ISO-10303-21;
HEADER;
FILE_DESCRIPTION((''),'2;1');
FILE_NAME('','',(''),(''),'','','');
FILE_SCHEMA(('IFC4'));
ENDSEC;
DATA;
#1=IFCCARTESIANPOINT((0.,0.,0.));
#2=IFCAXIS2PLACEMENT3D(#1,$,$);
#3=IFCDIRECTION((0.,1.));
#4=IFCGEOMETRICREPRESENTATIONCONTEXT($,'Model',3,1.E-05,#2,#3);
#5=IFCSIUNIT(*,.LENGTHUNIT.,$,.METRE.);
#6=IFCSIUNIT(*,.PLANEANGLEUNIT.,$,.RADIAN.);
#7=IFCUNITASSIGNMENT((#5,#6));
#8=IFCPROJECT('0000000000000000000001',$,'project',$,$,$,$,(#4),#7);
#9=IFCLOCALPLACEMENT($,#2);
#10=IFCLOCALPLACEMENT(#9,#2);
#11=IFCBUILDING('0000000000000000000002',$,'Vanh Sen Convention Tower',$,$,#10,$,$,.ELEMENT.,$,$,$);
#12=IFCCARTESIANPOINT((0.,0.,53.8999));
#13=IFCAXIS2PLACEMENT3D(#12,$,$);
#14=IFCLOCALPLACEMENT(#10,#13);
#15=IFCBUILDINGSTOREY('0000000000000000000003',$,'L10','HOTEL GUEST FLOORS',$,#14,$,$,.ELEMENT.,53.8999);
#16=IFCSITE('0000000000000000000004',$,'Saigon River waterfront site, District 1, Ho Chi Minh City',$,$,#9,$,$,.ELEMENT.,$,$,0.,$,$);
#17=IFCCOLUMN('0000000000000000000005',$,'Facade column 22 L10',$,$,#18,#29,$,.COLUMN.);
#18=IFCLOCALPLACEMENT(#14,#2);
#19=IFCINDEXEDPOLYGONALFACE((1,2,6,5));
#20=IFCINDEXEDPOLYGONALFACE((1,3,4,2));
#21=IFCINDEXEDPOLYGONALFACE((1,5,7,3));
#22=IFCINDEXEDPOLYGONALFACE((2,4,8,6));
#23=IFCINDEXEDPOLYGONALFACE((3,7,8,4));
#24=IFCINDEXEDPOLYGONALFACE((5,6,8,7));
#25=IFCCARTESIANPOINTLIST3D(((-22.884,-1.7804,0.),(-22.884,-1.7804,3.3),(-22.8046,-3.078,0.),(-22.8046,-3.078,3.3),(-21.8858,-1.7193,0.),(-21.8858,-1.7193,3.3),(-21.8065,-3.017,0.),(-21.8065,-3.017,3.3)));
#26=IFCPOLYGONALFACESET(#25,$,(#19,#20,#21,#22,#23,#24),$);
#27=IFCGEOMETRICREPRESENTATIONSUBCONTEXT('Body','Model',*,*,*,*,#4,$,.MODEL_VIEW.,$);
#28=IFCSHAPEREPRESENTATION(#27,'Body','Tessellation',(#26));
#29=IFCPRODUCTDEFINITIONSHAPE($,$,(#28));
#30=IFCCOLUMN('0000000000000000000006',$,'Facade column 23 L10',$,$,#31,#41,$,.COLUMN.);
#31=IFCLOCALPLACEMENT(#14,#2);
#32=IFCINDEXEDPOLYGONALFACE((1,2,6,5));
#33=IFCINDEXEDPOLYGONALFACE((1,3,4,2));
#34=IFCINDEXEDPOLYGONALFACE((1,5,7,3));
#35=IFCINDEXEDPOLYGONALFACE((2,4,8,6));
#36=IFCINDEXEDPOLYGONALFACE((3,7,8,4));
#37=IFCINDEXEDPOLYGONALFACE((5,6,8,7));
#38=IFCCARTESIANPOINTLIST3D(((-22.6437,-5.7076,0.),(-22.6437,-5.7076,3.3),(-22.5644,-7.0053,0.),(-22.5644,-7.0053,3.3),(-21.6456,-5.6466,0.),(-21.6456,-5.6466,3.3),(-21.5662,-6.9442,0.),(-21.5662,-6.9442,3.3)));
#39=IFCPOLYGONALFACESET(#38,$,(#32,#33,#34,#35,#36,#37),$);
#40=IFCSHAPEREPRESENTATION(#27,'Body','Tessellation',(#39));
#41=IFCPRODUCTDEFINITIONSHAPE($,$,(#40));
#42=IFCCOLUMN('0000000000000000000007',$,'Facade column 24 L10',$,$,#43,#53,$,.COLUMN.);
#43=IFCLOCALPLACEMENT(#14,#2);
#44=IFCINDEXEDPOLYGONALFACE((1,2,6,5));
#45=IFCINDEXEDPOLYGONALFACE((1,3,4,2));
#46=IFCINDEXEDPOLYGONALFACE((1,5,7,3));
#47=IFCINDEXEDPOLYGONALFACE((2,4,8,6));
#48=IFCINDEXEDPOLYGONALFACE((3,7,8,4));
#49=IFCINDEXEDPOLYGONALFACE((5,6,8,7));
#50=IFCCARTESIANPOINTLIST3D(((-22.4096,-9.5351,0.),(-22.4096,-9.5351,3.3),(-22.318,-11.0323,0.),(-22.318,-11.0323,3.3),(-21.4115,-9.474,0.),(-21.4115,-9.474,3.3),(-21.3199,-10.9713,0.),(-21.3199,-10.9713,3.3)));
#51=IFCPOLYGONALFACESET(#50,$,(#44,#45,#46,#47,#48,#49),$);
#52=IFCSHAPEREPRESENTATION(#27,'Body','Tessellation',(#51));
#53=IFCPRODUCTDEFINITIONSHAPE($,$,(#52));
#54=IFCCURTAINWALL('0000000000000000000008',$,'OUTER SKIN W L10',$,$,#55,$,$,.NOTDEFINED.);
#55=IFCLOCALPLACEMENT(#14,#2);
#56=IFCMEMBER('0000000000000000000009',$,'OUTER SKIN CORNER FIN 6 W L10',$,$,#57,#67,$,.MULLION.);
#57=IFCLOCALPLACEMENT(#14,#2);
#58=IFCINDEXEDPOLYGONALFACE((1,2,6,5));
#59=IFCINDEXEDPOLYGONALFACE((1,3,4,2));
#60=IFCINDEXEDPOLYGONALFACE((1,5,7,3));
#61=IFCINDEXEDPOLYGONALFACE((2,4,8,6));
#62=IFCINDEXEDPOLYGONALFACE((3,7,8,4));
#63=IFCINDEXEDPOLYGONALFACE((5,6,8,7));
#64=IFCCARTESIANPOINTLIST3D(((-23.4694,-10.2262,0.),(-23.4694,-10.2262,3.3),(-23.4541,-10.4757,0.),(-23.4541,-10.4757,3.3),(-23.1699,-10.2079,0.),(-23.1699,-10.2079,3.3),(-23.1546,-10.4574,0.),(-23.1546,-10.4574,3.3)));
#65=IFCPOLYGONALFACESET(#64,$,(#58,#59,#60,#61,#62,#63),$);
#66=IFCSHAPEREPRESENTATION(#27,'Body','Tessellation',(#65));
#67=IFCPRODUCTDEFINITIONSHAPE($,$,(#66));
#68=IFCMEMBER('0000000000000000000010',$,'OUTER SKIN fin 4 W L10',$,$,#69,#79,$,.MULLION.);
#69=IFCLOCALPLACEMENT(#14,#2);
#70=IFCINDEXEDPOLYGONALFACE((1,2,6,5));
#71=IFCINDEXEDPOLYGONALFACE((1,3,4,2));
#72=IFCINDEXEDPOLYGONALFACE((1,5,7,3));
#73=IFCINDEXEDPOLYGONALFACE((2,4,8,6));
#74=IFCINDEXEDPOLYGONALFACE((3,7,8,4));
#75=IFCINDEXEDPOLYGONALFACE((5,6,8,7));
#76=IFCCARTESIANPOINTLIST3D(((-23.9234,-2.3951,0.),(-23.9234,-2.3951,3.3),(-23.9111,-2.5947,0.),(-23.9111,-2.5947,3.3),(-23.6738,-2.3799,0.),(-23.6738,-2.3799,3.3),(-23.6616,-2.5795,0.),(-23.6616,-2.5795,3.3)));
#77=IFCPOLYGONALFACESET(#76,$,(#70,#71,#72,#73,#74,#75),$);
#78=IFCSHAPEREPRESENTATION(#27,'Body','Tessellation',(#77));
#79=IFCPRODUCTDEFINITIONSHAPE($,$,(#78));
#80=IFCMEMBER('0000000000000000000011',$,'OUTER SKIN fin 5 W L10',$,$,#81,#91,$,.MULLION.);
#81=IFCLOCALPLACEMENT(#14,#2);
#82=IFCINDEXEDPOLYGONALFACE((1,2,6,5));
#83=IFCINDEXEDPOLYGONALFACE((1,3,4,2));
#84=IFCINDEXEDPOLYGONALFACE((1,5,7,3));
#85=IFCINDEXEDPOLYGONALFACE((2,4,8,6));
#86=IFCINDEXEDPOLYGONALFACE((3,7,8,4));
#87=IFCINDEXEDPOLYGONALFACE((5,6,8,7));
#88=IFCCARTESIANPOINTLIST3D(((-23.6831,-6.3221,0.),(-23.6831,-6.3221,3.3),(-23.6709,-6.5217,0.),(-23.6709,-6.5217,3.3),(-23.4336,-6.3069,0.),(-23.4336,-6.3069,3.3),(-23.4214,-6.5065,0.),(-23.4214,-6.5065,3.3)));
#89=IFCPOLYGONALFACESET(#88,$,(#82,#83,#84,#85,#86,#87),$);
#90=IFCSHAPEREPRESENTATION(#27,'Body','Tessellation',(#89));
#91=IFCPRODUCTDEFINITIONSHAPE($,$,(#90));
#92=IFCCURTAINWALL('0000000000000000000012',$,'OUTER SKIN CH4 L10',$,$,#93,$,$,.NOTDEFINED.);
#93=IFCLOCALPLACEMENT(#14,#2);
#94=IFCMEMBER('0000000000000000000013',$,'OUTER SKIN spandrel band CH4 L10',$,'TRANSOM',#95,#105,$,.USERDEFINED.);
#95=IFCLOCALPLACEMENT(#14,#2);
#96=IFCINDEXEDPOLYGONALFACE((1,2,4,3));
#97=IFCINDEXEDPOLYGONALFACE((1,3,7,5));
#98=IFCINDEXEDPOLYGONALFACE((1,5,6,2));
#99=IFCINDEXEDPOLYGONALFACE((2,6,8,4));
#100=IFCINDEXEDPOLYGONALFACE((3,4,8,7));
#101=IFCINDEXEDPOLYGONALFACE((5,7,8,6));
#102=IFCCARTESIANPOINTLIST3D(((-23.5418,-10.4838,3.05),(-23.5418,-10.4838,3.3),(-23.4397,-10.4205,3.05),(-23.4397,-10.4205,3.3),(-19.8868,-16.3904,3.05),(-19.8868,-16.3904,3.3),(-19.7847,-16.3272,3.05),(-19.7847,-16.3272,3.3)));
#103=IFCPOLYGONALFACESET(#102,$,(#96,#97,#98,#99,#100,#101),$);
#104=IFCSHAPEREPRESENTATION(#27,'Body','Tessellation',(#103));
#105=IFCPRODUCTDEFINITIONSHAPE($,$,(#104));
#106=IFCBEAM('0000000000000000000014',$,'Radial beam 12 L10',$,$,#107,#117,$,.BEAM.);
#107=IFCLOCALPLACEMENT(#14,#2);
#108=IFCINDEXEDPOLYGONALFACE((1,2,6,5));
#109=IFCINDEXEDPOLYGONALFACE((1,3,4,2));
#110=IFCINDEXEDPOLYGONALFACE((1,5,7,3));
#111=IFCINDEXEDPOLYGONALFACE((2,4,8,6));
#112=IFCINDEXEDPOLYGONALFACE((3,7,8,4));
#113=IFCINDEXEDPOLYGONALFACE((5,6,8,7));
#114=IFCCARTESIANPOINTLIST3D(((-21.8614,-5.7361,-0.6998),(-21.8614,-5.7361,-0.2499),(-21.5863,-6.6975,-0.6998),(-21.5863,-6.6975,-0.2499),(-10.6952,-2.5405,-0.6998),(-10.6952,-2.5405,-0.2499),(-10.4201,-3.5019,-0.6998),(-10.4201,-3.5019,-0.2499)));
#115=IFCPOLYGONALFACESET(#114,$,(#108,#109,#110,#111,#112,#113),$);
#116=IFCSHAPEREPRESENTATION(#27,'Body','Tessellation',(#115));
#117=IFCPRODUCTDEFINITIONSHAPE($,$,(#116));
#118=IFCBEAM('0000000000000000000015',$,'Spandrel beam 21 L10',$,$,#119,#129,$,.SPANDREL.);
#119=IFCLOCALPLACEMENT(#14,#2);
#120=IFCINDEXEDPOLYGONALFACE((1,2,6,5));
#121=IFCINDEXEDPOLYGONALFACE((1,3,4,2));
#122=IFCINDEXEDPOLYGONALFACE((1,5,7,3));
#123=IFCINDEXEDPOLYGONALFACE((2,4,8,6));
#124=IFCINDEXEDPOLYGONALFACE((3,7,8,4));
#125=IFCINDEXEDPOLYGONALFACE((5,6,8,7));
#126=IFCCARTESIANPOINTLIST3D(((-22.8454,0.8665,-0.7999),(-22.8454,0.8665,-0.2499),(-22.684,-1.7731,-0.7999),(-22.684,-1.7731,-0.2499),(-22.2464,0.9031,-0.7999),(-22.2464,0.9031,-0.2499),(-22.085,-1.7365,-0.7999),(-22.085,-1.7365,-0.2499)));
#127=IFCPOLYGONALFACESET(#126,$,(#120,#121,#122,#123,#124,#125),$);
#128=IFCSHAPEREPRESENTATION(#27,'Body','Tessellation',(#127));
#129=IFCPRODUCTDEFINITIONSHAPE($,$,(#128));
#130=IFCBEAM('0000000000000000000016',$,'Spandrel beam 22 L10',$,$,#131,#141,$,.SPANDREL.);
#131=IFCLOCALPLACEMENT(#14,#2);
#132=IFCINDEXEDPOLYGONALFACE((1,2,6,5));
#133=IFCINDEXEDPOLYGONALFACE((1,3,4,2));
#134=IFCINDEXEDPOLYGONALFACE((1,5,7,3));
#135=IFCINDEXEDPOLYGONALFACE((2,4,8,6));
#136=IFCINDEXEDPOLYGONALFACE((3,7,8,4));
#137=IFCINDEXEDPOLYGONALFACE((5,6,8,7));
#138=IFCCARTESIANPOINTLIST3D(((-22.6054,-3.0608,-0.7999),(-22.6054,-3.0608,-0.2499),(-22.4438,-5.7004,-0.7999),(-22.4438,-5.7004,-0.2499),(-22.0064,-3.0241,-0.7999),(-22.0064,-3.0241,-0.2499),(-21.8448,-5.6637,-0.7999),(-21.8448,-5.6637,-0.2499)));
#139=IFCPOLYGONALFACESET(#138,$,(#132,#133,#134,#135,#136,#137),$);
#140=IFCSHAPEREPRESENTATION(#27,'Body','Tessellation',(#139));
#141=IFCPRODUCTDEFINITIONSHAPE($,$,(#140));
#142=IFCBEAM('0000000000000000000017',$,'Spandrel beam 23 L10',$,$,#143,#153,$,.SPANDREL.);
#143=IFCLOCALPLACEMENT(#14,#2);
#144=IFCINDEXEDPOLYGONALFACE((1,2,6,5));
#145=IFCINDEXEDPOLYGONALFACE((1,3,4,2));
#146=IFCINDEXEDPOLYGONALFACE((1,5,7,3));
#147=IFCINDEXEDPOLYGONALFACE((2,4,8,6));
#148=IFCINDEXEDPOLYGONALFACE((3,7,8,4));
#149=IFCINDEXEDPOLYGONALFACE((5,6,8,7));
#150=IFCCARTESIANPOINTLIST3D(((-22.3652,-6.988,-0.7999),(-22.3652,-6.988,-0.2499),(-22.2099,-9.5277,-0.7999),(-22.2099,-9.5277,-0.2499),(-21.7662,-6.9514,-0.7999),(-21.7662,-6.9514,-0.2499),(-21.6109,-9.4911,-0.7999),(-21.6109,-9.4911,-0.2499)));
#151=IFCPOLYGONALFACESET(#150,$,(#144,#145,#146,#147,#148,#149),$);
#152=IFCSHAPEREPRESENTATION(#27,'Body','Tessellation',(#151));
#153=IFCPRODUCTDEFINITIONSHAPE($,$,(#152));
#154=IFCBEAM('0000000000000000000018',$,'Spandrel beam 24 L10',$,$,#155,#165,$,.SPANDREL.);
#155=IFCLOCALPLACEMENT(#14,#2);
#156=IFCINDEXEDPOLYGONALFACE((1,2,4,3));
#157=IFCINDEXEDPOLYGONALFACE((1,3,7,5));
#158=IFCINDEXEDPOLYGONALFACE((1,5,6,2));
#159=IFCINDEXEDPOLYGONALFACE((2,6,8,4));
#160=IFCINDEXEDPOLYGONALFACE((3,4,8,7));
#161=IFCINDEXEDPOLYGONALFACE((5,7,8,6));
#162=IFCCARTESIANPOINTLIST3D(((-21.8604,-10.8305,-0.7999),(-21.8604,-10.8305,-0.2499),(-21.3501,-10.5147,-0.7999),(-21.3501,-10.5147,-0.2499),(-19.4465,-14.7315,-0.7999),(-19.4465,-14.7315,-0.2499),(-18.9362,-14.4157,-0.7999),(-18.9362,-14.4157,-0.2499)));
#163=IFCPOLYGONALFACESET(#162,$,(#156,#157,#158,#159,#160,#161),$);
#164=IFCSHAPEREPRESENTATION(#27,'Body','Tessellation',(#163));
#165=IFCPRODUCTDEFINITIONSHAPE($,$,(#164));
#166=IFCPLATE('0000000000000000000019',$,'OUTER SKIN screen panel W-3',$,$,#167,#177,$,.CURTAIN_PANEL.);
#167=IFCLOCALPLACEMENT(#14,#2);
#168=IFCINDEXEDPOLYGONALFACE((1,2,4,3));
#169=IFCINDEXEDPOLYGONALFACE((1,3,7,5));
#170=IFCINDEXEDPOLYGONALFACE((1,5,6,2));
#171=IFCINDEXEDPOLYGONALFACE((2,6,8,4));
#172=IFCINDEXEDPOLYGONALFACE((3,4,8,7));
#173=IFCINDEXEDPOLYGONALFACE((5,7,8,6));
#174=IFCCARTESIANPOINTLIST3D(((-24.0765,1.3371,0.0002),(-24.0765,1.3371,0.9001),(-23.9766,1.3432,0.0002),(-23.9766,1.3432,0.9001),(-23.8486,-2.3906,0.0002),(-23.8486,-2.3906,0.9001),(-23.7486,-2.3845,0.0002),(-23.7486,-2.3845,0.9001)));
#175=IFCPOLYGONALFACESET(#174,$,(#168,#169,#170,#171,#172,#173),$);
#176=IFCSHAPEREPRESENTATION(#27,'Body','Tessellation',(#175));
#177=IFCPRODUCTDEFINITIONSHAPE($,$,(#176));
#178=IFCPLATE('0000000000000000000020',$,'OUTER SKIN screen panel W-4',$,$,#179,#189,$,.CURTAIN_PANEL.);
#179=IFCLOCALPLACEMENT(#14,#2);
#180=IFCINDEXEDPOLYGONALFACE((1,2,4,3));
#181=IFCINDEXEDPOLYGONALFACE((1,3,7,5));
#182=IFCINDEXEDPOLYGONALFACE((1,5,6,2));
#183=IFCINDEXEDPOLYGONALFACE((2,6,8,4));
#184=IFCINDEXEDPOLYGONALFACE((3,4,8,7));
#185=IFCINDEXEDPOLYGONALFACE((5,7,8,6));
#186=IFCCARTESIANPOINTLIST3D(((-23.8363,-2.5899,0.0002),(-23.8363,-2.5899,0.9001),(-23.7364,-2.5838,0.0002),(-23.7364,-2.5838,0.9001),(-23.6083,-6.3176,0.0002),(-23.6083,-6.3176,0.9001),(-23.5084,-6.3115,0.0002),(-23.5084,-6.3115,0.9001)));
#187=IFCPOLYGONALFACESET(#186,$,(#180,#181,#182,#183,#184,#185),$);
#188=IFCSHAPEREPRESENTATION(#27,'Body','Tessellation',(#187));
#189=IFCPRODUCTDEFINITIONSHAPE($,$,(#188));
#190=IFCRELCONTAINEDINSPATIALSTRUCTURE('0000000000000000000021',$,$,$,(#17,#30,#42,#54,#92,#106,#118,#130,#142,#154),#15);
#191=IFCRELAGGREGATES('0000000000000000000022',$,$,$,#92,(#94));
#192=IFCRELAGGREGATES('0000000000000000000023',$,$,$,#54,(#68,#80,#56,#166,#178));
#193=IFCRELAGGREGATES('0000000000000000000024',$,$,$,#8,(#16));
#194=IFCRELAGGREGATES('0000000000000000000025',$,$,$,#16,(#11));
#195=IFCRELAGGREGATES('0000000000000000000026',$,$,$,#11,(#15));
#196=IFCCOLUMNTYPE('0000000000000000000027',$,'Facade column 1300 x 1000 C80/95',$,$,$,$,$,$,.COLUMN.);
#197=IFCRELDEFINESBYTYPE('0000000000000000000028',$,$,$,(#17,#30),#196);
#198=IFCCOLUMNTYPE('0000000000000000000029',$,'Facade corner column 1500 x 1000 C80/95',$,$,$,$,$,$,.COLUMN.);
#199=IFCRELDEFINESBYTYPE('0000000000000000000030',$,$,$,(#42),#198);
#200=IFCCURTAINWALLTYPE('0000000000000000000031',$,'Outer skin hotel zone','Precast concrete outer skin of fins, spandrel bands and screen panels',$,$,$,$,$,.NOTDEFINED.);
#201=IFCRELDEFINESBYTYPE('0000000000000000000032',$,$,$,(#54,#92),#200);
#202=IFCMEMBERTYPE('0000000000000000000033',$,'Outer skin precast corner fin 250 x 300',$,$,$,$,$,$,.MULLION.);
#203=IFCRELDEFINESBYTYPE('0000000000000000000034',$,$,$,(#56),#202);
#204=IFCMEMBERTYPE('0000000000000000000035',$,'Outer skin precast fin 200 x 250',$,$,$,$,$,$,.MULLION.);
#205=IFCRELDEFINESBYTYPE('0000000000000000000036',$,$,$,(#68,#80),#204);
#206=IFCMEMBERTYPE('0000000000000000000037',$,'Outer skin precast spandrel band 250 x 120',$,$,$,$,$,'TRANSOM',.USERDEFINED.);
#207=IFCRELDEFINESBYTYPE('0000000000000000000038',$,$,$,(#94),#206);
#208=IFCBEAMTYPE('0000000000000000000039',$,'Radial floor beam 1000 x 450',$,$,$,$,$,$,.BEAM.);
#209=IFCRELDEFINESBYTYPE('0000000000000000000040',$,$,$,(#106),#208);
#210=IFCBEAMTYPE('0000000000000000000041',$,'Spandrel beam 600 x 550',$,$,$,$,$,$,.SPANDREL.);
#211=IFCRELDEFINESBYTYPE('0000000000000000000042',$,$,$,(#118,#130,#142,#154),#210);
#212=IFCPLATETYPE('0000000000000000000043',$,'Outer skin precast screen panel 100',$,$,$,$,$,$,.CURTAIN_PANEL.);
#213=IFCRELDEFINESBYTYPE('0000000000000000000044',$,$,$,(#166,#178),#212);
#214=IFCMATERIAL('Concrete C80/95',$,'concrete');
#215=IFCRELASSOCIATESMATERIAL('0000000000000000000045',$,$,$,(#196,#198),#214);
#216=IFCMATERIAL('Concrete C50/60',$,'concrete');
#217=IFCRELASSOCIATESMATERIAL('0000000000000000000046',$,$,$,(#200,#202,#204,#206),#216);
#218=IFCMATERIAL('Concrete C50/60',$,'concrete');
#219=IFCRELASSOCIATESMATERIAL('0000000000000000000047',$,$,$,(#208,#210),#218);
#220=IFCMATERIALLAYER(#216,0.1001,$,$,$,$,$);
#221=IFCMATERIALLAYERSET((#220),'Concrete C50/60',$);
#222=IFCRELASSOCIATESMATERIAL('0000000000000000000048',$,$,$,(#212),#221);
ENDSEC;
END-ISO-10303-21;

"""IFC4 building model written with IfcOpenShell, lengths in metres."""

from ifc_helpers import new_model, si_unit, direction, frame, origin, origin_2d, place, context, subcontext, project, spatial, rectangle, extrude, material, layer, layer_set, material_profile, profile_set, type_object, element, aggregate, save


model = new_model("IFC4")

# Units and contexts
model_context = context("Model", 3, precision=1e-05, world=origin(), true_north=direction((0.0, 1.0)))
body_context = subcontext(model_context, "Body", "Model", "MODEL_VIEW")
ifc_project = project(units=[si_unit("LENGTHUNIT", "METRE"), si_unit("PLANEANGLEUNIT", "RADIAN")], contexts=[model_context])

# Site, building, storey
site_placement = place(None, origin())
site = spatial("IfcSite", under=ifc_project, at=site_placement, Name="Saigon River waterfront site, District 1, Ho Chi Minh City", CompositionType="ELEMENT", RefElevation=0.0)
building_placement = place(site_placement, origin())
building = spatial("IfcBuilding", under=site, at=building_placement, Name="Vanh Sen Convention Tower", CompositionType="ELEMENT")
storey_placement = place(building_placement, frame((0.0, 0.0, 53.8999)))
storey = spatial("IfcBuildingStorey", under=building, at=storey_placement, Name="L10", Description="HOTEL GUEST FLOORS", CompositionType="ELEMENT", Elevation=53.8999)

# Columns
ifc_material_1 = material(Name="Concrete C80/95", Category="concrete")
ifc_material_profile_1 = material_profile(ifc_material_1, rectangle(XDim=1.3, YDim=1.0, at=origin_2d()), Name="RC 1300X1000")
ifc_profile_set_1 = profile_set([ifc_material_profile_1], Name="Concrete C80/95")
column_type_1 = type_object("IfcColumnType", Name="Facade column 1300 x 1000 C80/95", PredefinedType="COLUMN", material=ifc_profile_set_1)
for number, where, z_axis, x_axis, name in (
    (1, (-22.3452, -2.3987, 0.0), (0.0, 0.0, 1.0), (0.061049, -0.998135, 0.0), "Facade column 22 L10"),
    (2, (-22.105, -6.3259, 0.0), (0.0, 0.0, 1.0), (0.061049, -0.998135, 0.0), "Facade column 23 L10"),
):
    element("IfcColumn", number, at=place(storey_placement, frame(where, z_axis=z_axis, x_axis=x_axis)), inside=storey, type_object=column_type_1, Name=name, PredefinedType="COLUMN", context=body_context, shape_type="SweptSolid", body=[
        extrude(rectangle(XDim=1.3, YDim=1.0, at=origin_2d()), origin(), (0.0, 0.0, 1.0), 3.3),
    ])
ifc_material_profile_2 = material_profile(ifc_material_1, rectangle(XDim=1.5, YDim=1.0, at=origin_2d()), Name="RC 1500X1000")
ifc_profile_set_2 = profile_set([ifc_material_profile_2], Name="Concrete C80/95")
column_type_2 = type_object("IfcColumnType", Name="Facade corner column 1500 x 1000 C80/95", PredefinedType="COLUMN", material=ifc_profile_set_2)
column_placement = place(storey_placement, frame((-21.8647, -10.2532, 0.0), z_axis=(0.0, 0.0, 1.0), x_axis=(0.061049, -0.998135, 0.0)))
element("IfcColumn", 3, at=column_placement, inside=storey, type_object=column_type_2, Name="Facade column 24 L10", PredefinedType="COLUMN", context=body_context, shape_type="SweptSolid", body=[
    extrude(rectangle(XDim=1.5, YDim=1.0, at=origin_2d()), origin(), (0.0, 0.0, 1.0), 3.3),
])

# Curtain wall, members
ifc_material_2 = material(Name="Concrete C50/60", Category="concrete")
curtain_wall_type = type_object("IfcCurtainWallType", Name="Outer skin hotel zone", Description="Precast concrete outer skin of fins, spandrel bands and screen panels", PredefinedType="NOTDEFINED", material=ifc_material_2)
curtain_wall_1_placement = place(storey_placement, origin())
curtain_wall_1 = element("IfcCurtainWall", 4, at=curtain_wall_1_placement, inside=storey, type_object=curtain_wall_type, Name="OUTER SKIN W L10", PredefinedType="NOTDEFINED")
ifc_material_profile_3 = material_profile(ifc_material_2, rectangle(XDim=0.25, YDim=0.3, at=origin_2d()), Name="Outer skin precast corner fin 250 x 300")
ifc_profile_set_3 = profile_set([ifc_material_profile_3], Name="Concrete C50/60")
member_type_1 = type_object("IfcMemberType", Name="Outer skin precast corner fin 250 x 300", PredefinedType="MULLION", material=ifc_profile_set_3)
member_1_placement = place(storey_placement, frame((-23.312, -10.3418, 0.0), z_axis=(0.0, 0.0, 1.0), x_axis=(0.061049, -0.998135, 0.0)))
member_1 = element("IfcMember", 5, at=member_1_placement, type_object=member_type_1, Name="OUTER SKIN CORNER FIN 6 W L10", PredefinedType="MULLION", context=body_context, shape_type="SweptSolid", body=[
    extrude(rectangle(XDim=0.25, YDim=0.3, at=origin_2d()), origin(), (0.0, 0.0, 1.0), 3.3),
])
ifc_material_profile_4 = material_profile(ifc_material_2, rectangle(XDim=0.2, YDim=0.25, at=origin_2d()), Name="Outer skin precast fin 200 x 250")
ifc_profile_set_4 = profile_set([ifc_material_profile_4], Name="Concrete C50/60")
member_type_2 = type_object("IfcMemberType", Name="Outer skin precast fin 200 x 250", PredefinedType="MULLION", material=ifc_profile_set_4)
member_2_placement = place(storey_placement, frame((-23.7925, -2.4873, 0.0), z_axis=(0.0, 0.0, 1.0), x_axis=(0.061049, -0.998135, 0.0)))
member_2 = element("IfcMember", 6, at=member_2_placement, type_object=member_type_2, Name="OUTER SKIN fin 4 W L10", PredefinedType="MULLION", context=body_context, shape_type="SweptSolid", body=[
    extrude(rectangle(XDim=0.2, YDim=0.25, at=origin_2d()), origin(), (0.0, 0.0, 1.0), 3.3),
])
member_3_placement = place(storey_placement, frame((-23.5522, -6.4143, 0.0), z_axis=(0.0, 0.0, 1.0), x_axis=(0.061049, -0.998135, 0.0)))
member_3 = element("IfcMember", 7, at=member_3_placement, type_object=member_type_2, Name="OUTER SKIN fin 5 W L10", PredefinedType="MULLION", context=body_context, shape_type="SweptSolid", body=[
    extrude(rectangle(XDim=0.2, YDim=0.25, at=origin_2d()), origin(), (0.0, 0.0, 1.0), 3.3),
])

# Curtain wall, member
curtain_wall_2_placement = place(storey_placement, origin())
curtain_wall_2 = element("IfcCurtainWall", 8, at=curtain_wall_2_placement, inside=storey, type_object=curtain_wall_type, Name="OUTER SKIN CH4 L10", PredefinedType="NOTDEFINED")
ifc_material_profile_5 = material_profile(ifc_material_2, rectangle(XDim=0.1201, YDim=0.25, at=origin_2d()), Name="Outer skin precast spandrel band 250 x 120")
ifc_profile_set_5 = profile_set([ifc_material_profile_5], Name="Concrete C50/60")
member_type_3 = type_object("IfcMemberType", Name="Outer skin precast spandrel band 250 x 120", ElementType="TRANSOM", PredefinedType="USERDEFINED", material=ifc_profile_set_5)
member_4_placement = place(storey_placement, frame((-23.4907, -10.4521, 3.175), z_axis=(0.526196, -0.850363, 0.0), x_axis=(0.850363, 0.526196, 0.0)))
member_4 = element("IfcMember", 9, at=member_4_placement, type_object=member_type_3, Name="OUTER SKIN spandrel band CH4 L10", ObjectType="TRANSOM", PredefinedType="USERDEFINED", context=body_context, shape_type="SweptSolid", body=[
    extrude(rectangle(XDim=0.1201, YDim=0.25, at=origin_2d()), origin(), (0.0, 0.0, 1.0), 6.946),
])
aggregate(curtain_wall_2, [member_4])

# Beams
ifc_material_3 = material(Name="Concrete C50/60", Category="concrete")
ifc_material_profile_6 = material_profile(ifc_material_3, rectangle(XDim=1.0, YDim=0.45, at=origin_2d()), Name="RC 1000X450")
ifc_profile_set_6 = profile_set([ifc_material_profile_6], Name="Concrete C50/60")
beam_type_1 = type_object("IfcBeamType", Name="Radial floor beam 1000 x 450", PredefinedType="BEAM", material=ifc_profile_set_6)
beam_1_placement = place(storey_placement, frame((-21.7239, -6.2168, -0.4749), z_axis=(0.961406, 0.275135, 0.0), x_axis=(-0.275135, 0.961406, 0.0)))
element("IfcBeam", 10, at=beam_1_placement, inside=storey, type_object=beam_type_1, Name="Radial beam 12 L10", PredefinedType="BEAM", context=body_context, shape_type="SweptSolid", body=[
    extrude(rectangle(XDim=1.0, YDim=0.45, at=origin_2d()), origin(), (0.0, 0.0, 1.0), 11.6145),
])
ifc_material_profile_7 = material_profile(ifc_material_3, rectangle(XDim=0.6001, YDim=0.55, at=origin_2d()), Name="RC 600X550")
ifc_profile_set_7 = profile_set([ifc_material_profile_7], Name="Concrete C50/60")
beam_type_2 = type_object("IfcBeamType", Name="Spandrel beam 600 x 550", PredefinedType="SPANDREL", material=ifc_profile_set_7)
for number, where, z_axis, x_axis, name in (
    (11, (-22.5459, 0.8848, -0.5249), (0.061022, -0.998136, 0.0), (0.998136, 0.061022, 0.0), "Spandrel beam 21 L10"),
    (12, (-22.3059, -3.0425, -0.5249), (0.061114, -0.998131, 0.0), (0.998131, 0.061114, 0.0), "Spandrel beam 22 L10"),
):
    element("IfcBeam", number, at=place(storey_placement, frame(where, z_axis=z_axis, x_axis=x_axis)), inside=storey, type_object=beam_type_2, Name=name, PredefinedType="SPANDREL", context=body_context, shape_type="SweptSolid", body=[
        extrude(rectangle(XDim=0.6001, YDim=0.55, at=origin_2d()), origin(), (0.0, 0.0, 1.0), 2.6445),
    ])
beam_2_placement = place(storey_placement, frame((-22.0657, -6.9697, -0.5249), z_axis=(0.061022, -0.998136, 0.0), x_axis=(0.998136, 0.061022, 0.0)))
element("IfcBeam", 13, at=beam_2_placement, inside=storey, type_object=beam_type_2, Name="Spandrel beam 23 L10", PredefinedType="SPANDREL", context=body_context, shape_type="SweptSolid", body=[
    extrude(rectangle(XDim=0.6001, YDim=0.55, at=origin_2d()), origin(), (0.0, 0.0, 1.0), 2.5444),
])
beam_3_placement = place(storey_placement, frame((-21.6052, -10.6726, -0.5249), z_axis=(0.526195, -0.850364, 0.0), x_axis=(0.850364, 0.526195, 0.0)))
element("IfcBeam", 14, at=beam_3_placement, inside=storey, type_object=beam_type_2, Name="Spandrel beam 24 L10", PredefinedType="SPANDREL", context=body_context, shape_type="SweptSolid", body=[
    extrude(rectangle(XDim=0.6001, YDim=0.55, at=origin_2d()), origin(), (0.0, 0.0, 1.0), 4.5874),
])

# Plates
ifc_layer_1 = layer(ifc_material_2, 0.1001)
ifc_layer_set_1 = layer_set([ifc_layer_1], Name="Concrete C50/60")
plate_type = type_object("IfcPlateType", Name="Outer skin precast screen panel 100", PredefinedType="CURTAIN_PANEL", material=ifc_layer_set_1)
plate_1_placement = place(storey_placement, frame((-23.9126, -0.5237, 0.0002), z_axis=(0.0, 0.0, 1.0), x_axis=(0.061047, -0.998135, 0.0)))
plate_1 = element("IfcPlate", 15, at=plate_1_placement, type_object=plate_type, Name="OUTER SKIN screen panel W-3", PredefinedType="CURTAIN_PANEL", context=body_context, shape_type="SweptSolid", body=[
    extrude(rectangle(XDim=3.7346, YDim=0.1001, at=origin_2d()), origin(), (0.0, 0.0, 1.0), 0.8999),
])
plate_2_placement = place(storey_placement, frame((-23.6724, -4.4507, 0.0002), z_axis=(0.0, 0.0, 1.0), x_axis=(0.061049, -0.998135, 0.0)))
plate_2 = element("IfcPlate", 16, at=plate_2_placement, type_object=plate_type, Name="OUTER SKIN screen panel W-4", PredefinedType="CURTAIN_PANEL", context=body_context, shape_type="SweptSolid", body=[
    extrude(rectangle(XDim=3.7346, YDim=0.1001, at=origin_2d()), origin(), (0.0, 0.0, 1.0), 0.8999),
])
aggregate(curtain_wall_1, [member_2, member_3, member_1, plate_1, plate_2])

save(model, "model.ifc")
